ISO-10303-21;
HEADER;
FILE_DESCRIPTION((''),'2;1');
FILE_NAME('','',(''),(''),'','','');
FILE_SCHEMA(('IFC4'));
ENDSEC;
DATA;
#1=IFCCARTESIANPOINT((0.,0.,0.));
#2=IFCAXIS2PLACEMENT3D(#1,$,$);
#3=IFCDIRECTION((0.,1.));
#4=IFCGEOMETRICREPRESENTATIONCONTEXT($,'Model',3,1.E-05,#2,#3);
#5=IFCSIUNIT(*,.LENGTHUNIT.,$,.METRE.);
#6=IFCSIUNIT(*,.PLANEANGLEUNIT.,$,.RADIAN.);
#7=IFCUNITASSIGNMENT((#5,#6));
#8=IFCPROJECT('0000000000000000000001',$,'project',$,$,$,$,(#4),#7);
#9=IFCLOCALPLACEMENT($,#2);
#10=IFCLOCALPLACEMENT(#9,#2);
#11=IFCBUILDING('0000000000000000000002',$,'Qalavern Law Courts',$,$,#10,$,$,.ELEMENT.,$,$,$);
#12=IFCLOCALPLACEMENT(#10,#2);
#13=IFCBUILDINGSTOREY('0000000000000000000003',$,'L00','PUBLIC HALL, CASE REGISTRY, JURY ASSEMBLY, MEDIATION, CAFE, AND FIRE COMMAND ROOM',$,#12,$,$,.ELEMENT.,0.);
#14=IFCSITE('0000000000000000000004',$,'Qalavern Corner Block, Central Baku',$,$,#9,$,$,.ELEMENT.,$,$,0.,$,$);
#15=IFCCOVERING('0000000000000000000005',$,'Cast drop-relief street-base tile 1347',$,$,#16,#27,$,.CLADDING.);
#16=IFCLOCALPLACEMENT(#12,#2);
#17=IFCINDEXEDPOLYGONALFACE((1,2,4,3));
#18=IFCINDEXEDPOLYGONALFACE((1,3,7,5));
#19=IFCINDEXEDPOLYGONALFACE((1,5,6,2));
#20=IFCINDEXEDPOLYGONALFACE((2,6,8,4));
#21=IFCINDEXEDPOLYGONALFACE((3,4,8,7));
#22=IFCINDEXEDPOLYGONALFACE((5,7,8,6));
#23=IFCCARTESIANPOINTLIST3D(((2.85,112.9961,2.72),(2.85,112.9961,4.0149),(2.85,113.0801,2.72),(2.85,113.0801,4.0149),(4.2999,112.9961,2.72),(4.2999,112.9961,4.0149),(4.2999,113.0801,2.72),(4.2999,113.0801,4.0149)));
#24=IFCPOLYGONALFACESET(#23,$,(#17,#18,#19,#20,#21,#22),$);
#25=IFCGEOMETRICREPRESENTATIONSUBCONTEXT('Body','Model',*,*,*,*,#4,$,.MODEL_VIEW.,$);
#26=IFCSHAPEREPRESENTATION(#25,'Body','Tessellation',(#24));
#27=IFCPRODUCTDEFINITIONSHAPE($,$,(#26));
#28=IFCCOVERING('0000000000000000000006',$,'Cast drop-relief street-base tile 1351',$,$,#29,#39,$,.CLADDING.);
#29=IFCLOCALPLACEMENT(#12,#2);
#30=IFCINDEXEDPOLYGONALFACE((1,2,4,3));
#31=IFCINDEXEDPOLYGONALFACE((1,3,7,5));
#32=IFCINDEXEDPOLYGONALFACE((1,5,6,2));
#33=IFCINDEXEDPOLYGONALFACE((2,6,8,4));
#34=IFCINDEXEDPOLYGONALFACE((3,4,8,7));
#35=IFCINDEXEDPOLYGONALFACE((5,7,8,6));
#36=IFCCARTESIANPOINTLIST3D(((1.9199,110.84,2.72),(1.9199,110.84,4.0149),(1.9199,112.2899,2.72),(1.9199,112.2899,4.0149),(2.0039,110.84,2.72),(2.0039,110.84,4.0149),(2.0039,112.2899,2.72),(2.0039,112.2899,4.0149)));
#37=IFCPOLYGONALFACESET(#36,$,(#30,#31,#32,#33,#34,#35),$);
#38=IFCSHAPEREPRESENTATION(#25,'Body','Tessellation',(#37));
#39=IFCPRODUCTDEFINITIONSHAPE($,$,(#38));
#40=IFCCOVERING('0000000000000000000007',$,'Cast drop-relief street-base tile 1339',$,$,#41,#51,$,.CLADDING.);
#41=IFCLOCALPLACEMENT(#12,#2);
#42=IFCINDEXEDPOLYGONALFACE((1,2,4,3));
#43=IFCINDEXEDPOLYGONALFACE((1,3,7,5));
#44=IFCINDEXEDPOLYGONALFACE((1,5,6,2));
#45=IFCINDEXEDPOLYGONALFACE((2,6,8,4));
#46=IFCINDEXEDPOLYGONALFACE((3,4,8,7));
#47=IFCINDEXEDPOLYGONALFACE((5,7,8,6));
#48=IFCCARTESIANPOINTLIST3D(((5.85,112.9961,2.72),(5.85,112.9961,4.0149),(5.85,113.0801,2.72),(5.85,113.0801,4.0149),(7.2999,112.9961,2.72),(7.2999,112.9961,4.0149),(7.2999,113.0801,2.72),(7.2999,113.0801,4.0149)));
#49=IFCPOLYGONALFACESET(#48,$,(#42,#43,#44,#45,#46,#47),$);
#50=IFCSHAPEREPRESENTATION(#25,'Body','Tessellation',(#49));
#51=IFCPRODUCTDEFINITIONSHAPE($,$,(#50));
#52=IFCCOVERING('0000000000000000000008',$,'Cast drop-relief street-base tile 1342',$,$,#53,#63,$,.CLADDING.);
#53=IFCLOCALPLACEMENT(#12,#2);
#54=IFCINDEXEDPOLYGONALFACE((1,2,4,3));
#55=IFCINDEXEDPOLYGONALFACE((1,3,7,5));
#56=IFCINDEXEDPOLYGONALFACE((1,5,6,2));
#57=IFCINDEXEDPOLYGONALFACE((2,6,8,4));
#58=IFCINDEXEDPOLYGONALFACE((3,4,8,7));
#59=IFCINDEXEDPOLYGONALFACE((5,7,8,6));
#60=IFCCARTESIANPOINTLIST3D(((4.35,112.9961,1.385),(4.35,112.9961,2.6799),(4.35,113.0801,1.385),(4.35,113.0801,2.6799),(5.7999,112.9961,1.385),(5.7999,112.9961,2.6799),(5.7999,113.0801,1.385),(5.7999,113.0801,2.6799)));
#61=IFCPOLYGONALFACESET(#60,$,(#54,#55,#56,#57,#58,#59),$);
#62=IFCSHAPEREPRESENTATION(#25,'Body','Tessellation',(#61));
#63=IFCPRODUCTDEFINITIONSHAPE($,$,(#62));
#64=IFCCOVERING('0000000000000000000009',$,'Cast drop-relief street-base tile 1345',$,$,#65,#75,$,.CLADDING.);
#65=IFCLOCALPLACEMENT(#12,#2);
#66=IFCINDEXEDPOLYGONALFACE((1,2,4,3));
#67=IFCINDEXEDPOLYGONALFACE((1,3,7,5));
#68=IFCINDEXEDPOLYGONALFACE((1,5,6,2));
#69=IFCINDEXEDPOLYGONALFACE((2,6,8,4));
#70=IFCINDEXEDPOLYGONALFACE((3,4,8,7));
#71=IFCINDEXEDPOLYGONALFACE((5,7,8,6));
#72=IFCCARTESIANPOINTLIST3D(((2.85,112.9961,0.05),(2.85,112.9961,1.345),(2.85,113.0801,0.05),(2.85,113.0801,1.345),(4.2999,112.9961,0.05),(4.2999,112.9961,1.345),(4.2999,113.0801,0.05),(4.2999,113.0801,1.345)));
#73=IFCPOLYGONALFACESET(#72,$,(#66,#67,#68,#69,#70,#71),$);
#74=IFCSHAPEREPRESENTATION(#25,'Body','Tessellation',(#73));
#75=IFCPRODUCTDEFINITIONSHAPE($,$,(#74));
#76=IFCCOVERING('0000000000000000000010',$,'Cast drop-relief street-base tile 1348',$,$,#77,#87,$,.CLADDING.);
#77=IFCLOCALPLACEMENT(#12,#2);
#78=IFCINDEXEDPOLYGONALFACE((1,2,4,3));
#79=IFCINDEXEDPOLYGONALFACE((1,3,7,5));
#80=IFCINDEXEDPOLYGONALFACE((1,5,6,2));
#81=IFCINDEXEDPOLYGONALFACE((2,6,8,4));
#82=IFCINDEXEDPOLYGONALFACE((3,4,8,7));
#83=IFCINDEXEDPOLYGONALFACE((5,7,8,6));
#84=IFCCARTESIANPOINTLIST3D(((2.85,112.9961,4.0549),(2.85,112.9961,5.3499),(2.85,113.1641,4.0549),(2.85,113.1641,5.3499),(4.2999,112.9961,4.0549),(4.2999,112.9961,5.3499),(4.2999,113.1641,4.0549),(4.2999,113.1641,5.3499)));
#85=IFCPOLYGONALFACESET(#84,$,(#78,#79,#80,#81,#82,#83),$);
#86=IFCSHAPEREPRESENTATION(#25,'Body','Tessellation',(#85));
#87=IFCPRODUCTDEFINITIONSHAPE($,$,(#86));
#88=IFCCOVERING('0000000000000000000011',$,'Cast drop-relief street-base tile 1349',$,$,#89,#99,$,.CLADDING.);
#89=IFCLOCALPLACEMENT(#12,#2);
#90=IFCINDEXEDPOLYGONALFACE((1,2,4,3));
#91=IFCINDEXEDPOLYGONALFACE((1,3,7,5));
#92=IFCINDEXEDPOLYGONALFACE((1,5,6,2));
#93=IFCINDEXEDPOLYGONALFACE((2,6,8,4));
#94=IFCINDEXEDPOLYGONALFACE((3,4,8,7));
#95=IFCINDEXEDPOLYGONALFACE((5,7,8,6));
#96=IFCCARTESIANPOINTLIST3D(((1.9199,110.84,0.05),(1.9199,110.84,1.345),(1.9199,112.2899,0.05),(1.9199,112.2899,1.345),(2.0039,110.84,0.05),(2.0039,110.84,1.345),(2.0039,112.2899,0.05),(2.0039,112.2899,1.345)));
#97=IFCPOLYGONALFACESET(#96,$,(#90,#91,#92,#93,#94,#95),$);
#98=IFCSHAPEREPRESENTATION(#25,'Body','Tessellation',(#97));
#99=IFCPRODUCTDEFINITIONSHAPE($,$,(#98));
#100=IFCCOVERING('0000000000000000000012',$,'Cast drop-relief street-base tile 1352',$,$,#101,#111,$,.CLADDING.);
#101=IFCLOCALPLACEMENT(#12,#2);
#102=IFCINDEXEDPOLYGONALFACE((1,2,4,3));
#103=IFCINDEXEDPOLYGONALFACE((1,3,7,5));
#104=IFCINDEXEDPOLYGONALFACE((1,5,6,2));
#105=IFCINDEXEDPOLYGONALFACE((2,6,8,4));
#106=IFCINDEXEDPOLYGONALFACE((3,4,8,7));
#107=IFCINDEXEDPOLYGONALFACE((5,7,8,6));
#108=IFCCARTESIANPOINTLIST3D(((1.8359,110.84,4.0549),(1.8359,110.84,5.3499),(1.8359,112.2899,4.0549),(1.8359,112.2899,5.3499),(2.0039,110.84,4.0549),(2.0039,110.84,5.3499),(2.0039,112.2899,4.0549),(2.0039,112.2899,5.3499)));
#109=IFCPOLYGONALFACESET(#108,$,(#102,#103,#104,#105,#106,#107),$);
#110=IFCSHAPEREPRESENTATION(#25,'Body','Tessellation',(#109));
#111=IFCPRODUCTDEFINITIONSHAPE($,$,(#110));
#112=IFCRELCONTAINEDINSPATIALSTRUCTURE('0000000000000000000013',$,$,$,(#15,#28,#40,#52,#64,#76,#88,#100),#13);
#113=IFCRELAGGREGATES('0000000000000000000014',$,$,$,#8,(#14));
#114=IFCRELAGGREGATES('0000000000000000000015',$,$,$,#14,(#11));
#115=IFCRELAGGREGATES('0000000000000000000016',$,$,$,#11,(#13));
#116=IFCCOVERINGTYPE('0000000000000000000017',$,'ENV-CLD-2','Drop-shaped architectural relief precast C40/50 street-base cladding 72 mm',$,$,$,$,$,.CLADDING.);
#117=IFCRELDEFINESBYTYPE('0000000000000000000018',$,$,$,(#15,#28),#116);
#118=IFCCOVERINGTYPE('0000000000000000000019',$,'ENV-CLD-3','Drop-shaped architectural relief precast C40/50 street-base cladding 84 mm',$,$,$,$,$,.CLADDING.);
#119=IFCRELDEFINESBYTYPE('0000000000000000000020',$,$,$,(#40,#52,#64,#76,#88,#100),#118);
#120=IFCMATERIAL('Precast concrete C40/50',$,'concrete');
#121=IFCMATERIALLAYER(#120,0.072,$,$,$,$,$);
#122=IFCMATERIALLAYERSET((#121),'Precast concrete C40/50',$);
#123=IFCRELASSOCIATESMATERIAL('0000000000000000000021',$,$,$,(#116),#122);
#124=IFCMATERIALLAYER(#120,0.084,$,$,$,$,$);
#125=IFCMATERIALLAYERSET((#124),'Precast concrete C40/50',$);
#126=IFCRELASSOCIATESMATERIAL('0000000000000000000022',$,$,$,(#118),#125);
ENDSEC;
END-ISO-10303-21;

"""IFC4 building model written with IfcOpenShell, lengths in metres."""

from ifc_helpers import new_model, si_unit, direction, frame, origin, origin_2d, place, context, subcontext, project, spatial, rectangle, extrude, material, layer, layer_set, type_object, element, save


model = new_model("IFC4")

# Units and contexts
model_context = context("Model", 3, precision=1e-05, world=origin(), true_north=direction((0.0, 1.0)))
body_context = subcontext(model_context, "Body", "Model", "MODEL_VIEW")
ifc_project = project(units=[si_unit("LENGTHUNIT", "METRE"), si_unit("PLANEANGLEUNIT", "RADIAN")], contexts=[model_context])

# Site, building, storey
site_placement = place(None, origin())
site = spatial("IfcSite", under=ifc_project, at=site_placement, Name="Qalavern Corner Block, Central Baku", CompositionType="ELEMENT", RefElevation=0.0)
building_placement = place(site_placement, origin())
building = spatial("IfcBuilding", under=site, at=building_placement, Name="Qalavern Law Courts", CompositionType="ELEMENT")
storey_placement = place(building_placement, origin())
storey = spatial("IfcBuildingStorey", under=building, at=storey_placement, Name="L00", Description="PUBLIC HALL, CASE REGISTRY, JURY ASSEMBLY, MEDIATION, CAFE, AND FIRE COMMAND ROOM", CompositionType="ELEMENT", Elevation=0.0)

# Coverings
ifc_material_1 = material(Name="Precast concrete C40/50", Category="concrete")
ifc_layer_1 = layer(ifc_material_1, 0.072)
ifc_layer_set_1 = layer_set([ifc_layer_1], Name="Precast concrete C40/50")
covering_type_1 = type_object("IfcCoveringType", Name="ENV-CLD-2", Description="Drop-shaped architectural relief precast C40/50 street-base cladding 72 mm", PredefinedType="CLADDING", material=ifc_layer_set_1)
for number, where, z_axis, x_axis, name in (
    (1, (3.575, 113.0381, 2.72), (0.0, 0.0, 1.0), (-1.0, 0.0, 0.0), "Cast drop-relief street-base tile 1347"),
    (2, (1.9619, 111.5649, 2.72), (0.0, 0.0, 1.0), (0.0, -1.0, 0.0), "Cast drop-relief street-base tile 1351"),
):
    element("IfcCovering", number, at=place(storey_placement, frame(where, z_axis=z_axis, x_axis=x_axis)), inside=storey, type_object=covering_type_1, Name=name, PredefinedType="CLADDING", context=body_context, shape_type="SweptSolid", body=[
        extrude(rectangle(XDim=1.45, YDim=0.084, at=origin_2d()), origin(), (0.0, 0.0, 1.0), 1.2949),
    ])
ifc_layer_2 = layer(ifc_material_1, 0.084)
ifc_layer_set_2 = layer_set([ifc_layer_2], Name="Precast concrete C40/50")
covering_type_2 = type_object("IfcCoveringType", Name="ENV-CLD-3", Description="Drop-shaped architectural relief precast C40/50 street-base cladding 84 mm", PredefinedType="CLADDING", material=ifc_layer_set_2)
for number, where, z_axis, x_axis, name in (
    (3, (6.575, 113.0381, 2.72), (0.0, 0.0, 1.0), (-1.0, 0.0, 0.0), "Cast drop-relief street-base tile 1339"),
    (4, (5.075, 113.0381, 1.385), (0.0, 0.0, 1.0), (-1.0, 0.0, 0.0), "Cast drop-relief street-base tile 1342"),
    (5, (3.575, 113.0381, 0.05), (0.0, 0.0, 1.0), (-1.0, 0.0, 0.0), "Cast drop-relief street-base tile 1345"),
):
    element("IfcCovering", number, at=place(storey_placement, frame(where, z_axis=z_axis, x_axis=x_axis)), inside=storey, type_object=covering_type_2, Name=name, PredefinedType="CLADDING", context=body_context, shape_type="SweptSolid", body=[
        extrude(rectangle(XDim=1.45, YDim=0.084, at=origin_2d()), origin(), (0.0, 0.0, 1.0), 1.2949),
    ])
covering_1_placement = place(storey_placement, frame((3.575, 113.0801, 4.0549), z_axis=(0.0, 0.0, 1.0), x_axis=(-1.0, 0.0, 0.0)))
element("IfcCovering", 6, at=covering_1_placement, inside=storey, type_object=covering_type_2, Name="Cast drop-relief street-base tile 1348", PredefinedType="CLADDING", context=body_context, shape_type="SweptSolid", body=[
    extrude(rectangle(XDim=1.45, YDim=0.168, at=origin_2d()), origin(), (0.0, 0.0, 1.0), 1.2949),
])
covering_2_placement = place(storey_placement, frame((1.9619, 111.5649, 0.05), z_axis=(0.0, 0.0, 1.0), x_axis=(0.0, -1.0, 0.0)))
element("IfcCovering", 7, at=covering_2_placement, inside=storey, type_object=covering_type_2, Name="Cast drop-relief street-base tile 1349", PredefinedType="CLADDING", context=body_context, shape_type="SweptSolid", body=[
    extrude(rectangle(XDim=1.45, YDim=0.084, at=origin_2d()), origin(), (0.0, 0.0, 1.0), 1.2949),
])
covering_3_placement = place(storey_placement, frame((1.9199, 111.5649, 4.0549), z_axis=(0.0, 0.0, 1.0), x_axis=(0.0, -1.0, 0.0)))
element("IfcCovering", 8, at=covering_3_placement, inside=storey, type_object=covering_type_2, Name="Cast drop-relief street-base tile 1352", PredefinedType="CLADDING", context=body_context, shape_type="SweptSolid", body=[
    extrude(rectangle(XDim=1.45, YDim=0.168, at=origin_2d()), origin(), (0.0, 0.0, 1.0), 1.2949),
])

save(model, "model.ifc")
